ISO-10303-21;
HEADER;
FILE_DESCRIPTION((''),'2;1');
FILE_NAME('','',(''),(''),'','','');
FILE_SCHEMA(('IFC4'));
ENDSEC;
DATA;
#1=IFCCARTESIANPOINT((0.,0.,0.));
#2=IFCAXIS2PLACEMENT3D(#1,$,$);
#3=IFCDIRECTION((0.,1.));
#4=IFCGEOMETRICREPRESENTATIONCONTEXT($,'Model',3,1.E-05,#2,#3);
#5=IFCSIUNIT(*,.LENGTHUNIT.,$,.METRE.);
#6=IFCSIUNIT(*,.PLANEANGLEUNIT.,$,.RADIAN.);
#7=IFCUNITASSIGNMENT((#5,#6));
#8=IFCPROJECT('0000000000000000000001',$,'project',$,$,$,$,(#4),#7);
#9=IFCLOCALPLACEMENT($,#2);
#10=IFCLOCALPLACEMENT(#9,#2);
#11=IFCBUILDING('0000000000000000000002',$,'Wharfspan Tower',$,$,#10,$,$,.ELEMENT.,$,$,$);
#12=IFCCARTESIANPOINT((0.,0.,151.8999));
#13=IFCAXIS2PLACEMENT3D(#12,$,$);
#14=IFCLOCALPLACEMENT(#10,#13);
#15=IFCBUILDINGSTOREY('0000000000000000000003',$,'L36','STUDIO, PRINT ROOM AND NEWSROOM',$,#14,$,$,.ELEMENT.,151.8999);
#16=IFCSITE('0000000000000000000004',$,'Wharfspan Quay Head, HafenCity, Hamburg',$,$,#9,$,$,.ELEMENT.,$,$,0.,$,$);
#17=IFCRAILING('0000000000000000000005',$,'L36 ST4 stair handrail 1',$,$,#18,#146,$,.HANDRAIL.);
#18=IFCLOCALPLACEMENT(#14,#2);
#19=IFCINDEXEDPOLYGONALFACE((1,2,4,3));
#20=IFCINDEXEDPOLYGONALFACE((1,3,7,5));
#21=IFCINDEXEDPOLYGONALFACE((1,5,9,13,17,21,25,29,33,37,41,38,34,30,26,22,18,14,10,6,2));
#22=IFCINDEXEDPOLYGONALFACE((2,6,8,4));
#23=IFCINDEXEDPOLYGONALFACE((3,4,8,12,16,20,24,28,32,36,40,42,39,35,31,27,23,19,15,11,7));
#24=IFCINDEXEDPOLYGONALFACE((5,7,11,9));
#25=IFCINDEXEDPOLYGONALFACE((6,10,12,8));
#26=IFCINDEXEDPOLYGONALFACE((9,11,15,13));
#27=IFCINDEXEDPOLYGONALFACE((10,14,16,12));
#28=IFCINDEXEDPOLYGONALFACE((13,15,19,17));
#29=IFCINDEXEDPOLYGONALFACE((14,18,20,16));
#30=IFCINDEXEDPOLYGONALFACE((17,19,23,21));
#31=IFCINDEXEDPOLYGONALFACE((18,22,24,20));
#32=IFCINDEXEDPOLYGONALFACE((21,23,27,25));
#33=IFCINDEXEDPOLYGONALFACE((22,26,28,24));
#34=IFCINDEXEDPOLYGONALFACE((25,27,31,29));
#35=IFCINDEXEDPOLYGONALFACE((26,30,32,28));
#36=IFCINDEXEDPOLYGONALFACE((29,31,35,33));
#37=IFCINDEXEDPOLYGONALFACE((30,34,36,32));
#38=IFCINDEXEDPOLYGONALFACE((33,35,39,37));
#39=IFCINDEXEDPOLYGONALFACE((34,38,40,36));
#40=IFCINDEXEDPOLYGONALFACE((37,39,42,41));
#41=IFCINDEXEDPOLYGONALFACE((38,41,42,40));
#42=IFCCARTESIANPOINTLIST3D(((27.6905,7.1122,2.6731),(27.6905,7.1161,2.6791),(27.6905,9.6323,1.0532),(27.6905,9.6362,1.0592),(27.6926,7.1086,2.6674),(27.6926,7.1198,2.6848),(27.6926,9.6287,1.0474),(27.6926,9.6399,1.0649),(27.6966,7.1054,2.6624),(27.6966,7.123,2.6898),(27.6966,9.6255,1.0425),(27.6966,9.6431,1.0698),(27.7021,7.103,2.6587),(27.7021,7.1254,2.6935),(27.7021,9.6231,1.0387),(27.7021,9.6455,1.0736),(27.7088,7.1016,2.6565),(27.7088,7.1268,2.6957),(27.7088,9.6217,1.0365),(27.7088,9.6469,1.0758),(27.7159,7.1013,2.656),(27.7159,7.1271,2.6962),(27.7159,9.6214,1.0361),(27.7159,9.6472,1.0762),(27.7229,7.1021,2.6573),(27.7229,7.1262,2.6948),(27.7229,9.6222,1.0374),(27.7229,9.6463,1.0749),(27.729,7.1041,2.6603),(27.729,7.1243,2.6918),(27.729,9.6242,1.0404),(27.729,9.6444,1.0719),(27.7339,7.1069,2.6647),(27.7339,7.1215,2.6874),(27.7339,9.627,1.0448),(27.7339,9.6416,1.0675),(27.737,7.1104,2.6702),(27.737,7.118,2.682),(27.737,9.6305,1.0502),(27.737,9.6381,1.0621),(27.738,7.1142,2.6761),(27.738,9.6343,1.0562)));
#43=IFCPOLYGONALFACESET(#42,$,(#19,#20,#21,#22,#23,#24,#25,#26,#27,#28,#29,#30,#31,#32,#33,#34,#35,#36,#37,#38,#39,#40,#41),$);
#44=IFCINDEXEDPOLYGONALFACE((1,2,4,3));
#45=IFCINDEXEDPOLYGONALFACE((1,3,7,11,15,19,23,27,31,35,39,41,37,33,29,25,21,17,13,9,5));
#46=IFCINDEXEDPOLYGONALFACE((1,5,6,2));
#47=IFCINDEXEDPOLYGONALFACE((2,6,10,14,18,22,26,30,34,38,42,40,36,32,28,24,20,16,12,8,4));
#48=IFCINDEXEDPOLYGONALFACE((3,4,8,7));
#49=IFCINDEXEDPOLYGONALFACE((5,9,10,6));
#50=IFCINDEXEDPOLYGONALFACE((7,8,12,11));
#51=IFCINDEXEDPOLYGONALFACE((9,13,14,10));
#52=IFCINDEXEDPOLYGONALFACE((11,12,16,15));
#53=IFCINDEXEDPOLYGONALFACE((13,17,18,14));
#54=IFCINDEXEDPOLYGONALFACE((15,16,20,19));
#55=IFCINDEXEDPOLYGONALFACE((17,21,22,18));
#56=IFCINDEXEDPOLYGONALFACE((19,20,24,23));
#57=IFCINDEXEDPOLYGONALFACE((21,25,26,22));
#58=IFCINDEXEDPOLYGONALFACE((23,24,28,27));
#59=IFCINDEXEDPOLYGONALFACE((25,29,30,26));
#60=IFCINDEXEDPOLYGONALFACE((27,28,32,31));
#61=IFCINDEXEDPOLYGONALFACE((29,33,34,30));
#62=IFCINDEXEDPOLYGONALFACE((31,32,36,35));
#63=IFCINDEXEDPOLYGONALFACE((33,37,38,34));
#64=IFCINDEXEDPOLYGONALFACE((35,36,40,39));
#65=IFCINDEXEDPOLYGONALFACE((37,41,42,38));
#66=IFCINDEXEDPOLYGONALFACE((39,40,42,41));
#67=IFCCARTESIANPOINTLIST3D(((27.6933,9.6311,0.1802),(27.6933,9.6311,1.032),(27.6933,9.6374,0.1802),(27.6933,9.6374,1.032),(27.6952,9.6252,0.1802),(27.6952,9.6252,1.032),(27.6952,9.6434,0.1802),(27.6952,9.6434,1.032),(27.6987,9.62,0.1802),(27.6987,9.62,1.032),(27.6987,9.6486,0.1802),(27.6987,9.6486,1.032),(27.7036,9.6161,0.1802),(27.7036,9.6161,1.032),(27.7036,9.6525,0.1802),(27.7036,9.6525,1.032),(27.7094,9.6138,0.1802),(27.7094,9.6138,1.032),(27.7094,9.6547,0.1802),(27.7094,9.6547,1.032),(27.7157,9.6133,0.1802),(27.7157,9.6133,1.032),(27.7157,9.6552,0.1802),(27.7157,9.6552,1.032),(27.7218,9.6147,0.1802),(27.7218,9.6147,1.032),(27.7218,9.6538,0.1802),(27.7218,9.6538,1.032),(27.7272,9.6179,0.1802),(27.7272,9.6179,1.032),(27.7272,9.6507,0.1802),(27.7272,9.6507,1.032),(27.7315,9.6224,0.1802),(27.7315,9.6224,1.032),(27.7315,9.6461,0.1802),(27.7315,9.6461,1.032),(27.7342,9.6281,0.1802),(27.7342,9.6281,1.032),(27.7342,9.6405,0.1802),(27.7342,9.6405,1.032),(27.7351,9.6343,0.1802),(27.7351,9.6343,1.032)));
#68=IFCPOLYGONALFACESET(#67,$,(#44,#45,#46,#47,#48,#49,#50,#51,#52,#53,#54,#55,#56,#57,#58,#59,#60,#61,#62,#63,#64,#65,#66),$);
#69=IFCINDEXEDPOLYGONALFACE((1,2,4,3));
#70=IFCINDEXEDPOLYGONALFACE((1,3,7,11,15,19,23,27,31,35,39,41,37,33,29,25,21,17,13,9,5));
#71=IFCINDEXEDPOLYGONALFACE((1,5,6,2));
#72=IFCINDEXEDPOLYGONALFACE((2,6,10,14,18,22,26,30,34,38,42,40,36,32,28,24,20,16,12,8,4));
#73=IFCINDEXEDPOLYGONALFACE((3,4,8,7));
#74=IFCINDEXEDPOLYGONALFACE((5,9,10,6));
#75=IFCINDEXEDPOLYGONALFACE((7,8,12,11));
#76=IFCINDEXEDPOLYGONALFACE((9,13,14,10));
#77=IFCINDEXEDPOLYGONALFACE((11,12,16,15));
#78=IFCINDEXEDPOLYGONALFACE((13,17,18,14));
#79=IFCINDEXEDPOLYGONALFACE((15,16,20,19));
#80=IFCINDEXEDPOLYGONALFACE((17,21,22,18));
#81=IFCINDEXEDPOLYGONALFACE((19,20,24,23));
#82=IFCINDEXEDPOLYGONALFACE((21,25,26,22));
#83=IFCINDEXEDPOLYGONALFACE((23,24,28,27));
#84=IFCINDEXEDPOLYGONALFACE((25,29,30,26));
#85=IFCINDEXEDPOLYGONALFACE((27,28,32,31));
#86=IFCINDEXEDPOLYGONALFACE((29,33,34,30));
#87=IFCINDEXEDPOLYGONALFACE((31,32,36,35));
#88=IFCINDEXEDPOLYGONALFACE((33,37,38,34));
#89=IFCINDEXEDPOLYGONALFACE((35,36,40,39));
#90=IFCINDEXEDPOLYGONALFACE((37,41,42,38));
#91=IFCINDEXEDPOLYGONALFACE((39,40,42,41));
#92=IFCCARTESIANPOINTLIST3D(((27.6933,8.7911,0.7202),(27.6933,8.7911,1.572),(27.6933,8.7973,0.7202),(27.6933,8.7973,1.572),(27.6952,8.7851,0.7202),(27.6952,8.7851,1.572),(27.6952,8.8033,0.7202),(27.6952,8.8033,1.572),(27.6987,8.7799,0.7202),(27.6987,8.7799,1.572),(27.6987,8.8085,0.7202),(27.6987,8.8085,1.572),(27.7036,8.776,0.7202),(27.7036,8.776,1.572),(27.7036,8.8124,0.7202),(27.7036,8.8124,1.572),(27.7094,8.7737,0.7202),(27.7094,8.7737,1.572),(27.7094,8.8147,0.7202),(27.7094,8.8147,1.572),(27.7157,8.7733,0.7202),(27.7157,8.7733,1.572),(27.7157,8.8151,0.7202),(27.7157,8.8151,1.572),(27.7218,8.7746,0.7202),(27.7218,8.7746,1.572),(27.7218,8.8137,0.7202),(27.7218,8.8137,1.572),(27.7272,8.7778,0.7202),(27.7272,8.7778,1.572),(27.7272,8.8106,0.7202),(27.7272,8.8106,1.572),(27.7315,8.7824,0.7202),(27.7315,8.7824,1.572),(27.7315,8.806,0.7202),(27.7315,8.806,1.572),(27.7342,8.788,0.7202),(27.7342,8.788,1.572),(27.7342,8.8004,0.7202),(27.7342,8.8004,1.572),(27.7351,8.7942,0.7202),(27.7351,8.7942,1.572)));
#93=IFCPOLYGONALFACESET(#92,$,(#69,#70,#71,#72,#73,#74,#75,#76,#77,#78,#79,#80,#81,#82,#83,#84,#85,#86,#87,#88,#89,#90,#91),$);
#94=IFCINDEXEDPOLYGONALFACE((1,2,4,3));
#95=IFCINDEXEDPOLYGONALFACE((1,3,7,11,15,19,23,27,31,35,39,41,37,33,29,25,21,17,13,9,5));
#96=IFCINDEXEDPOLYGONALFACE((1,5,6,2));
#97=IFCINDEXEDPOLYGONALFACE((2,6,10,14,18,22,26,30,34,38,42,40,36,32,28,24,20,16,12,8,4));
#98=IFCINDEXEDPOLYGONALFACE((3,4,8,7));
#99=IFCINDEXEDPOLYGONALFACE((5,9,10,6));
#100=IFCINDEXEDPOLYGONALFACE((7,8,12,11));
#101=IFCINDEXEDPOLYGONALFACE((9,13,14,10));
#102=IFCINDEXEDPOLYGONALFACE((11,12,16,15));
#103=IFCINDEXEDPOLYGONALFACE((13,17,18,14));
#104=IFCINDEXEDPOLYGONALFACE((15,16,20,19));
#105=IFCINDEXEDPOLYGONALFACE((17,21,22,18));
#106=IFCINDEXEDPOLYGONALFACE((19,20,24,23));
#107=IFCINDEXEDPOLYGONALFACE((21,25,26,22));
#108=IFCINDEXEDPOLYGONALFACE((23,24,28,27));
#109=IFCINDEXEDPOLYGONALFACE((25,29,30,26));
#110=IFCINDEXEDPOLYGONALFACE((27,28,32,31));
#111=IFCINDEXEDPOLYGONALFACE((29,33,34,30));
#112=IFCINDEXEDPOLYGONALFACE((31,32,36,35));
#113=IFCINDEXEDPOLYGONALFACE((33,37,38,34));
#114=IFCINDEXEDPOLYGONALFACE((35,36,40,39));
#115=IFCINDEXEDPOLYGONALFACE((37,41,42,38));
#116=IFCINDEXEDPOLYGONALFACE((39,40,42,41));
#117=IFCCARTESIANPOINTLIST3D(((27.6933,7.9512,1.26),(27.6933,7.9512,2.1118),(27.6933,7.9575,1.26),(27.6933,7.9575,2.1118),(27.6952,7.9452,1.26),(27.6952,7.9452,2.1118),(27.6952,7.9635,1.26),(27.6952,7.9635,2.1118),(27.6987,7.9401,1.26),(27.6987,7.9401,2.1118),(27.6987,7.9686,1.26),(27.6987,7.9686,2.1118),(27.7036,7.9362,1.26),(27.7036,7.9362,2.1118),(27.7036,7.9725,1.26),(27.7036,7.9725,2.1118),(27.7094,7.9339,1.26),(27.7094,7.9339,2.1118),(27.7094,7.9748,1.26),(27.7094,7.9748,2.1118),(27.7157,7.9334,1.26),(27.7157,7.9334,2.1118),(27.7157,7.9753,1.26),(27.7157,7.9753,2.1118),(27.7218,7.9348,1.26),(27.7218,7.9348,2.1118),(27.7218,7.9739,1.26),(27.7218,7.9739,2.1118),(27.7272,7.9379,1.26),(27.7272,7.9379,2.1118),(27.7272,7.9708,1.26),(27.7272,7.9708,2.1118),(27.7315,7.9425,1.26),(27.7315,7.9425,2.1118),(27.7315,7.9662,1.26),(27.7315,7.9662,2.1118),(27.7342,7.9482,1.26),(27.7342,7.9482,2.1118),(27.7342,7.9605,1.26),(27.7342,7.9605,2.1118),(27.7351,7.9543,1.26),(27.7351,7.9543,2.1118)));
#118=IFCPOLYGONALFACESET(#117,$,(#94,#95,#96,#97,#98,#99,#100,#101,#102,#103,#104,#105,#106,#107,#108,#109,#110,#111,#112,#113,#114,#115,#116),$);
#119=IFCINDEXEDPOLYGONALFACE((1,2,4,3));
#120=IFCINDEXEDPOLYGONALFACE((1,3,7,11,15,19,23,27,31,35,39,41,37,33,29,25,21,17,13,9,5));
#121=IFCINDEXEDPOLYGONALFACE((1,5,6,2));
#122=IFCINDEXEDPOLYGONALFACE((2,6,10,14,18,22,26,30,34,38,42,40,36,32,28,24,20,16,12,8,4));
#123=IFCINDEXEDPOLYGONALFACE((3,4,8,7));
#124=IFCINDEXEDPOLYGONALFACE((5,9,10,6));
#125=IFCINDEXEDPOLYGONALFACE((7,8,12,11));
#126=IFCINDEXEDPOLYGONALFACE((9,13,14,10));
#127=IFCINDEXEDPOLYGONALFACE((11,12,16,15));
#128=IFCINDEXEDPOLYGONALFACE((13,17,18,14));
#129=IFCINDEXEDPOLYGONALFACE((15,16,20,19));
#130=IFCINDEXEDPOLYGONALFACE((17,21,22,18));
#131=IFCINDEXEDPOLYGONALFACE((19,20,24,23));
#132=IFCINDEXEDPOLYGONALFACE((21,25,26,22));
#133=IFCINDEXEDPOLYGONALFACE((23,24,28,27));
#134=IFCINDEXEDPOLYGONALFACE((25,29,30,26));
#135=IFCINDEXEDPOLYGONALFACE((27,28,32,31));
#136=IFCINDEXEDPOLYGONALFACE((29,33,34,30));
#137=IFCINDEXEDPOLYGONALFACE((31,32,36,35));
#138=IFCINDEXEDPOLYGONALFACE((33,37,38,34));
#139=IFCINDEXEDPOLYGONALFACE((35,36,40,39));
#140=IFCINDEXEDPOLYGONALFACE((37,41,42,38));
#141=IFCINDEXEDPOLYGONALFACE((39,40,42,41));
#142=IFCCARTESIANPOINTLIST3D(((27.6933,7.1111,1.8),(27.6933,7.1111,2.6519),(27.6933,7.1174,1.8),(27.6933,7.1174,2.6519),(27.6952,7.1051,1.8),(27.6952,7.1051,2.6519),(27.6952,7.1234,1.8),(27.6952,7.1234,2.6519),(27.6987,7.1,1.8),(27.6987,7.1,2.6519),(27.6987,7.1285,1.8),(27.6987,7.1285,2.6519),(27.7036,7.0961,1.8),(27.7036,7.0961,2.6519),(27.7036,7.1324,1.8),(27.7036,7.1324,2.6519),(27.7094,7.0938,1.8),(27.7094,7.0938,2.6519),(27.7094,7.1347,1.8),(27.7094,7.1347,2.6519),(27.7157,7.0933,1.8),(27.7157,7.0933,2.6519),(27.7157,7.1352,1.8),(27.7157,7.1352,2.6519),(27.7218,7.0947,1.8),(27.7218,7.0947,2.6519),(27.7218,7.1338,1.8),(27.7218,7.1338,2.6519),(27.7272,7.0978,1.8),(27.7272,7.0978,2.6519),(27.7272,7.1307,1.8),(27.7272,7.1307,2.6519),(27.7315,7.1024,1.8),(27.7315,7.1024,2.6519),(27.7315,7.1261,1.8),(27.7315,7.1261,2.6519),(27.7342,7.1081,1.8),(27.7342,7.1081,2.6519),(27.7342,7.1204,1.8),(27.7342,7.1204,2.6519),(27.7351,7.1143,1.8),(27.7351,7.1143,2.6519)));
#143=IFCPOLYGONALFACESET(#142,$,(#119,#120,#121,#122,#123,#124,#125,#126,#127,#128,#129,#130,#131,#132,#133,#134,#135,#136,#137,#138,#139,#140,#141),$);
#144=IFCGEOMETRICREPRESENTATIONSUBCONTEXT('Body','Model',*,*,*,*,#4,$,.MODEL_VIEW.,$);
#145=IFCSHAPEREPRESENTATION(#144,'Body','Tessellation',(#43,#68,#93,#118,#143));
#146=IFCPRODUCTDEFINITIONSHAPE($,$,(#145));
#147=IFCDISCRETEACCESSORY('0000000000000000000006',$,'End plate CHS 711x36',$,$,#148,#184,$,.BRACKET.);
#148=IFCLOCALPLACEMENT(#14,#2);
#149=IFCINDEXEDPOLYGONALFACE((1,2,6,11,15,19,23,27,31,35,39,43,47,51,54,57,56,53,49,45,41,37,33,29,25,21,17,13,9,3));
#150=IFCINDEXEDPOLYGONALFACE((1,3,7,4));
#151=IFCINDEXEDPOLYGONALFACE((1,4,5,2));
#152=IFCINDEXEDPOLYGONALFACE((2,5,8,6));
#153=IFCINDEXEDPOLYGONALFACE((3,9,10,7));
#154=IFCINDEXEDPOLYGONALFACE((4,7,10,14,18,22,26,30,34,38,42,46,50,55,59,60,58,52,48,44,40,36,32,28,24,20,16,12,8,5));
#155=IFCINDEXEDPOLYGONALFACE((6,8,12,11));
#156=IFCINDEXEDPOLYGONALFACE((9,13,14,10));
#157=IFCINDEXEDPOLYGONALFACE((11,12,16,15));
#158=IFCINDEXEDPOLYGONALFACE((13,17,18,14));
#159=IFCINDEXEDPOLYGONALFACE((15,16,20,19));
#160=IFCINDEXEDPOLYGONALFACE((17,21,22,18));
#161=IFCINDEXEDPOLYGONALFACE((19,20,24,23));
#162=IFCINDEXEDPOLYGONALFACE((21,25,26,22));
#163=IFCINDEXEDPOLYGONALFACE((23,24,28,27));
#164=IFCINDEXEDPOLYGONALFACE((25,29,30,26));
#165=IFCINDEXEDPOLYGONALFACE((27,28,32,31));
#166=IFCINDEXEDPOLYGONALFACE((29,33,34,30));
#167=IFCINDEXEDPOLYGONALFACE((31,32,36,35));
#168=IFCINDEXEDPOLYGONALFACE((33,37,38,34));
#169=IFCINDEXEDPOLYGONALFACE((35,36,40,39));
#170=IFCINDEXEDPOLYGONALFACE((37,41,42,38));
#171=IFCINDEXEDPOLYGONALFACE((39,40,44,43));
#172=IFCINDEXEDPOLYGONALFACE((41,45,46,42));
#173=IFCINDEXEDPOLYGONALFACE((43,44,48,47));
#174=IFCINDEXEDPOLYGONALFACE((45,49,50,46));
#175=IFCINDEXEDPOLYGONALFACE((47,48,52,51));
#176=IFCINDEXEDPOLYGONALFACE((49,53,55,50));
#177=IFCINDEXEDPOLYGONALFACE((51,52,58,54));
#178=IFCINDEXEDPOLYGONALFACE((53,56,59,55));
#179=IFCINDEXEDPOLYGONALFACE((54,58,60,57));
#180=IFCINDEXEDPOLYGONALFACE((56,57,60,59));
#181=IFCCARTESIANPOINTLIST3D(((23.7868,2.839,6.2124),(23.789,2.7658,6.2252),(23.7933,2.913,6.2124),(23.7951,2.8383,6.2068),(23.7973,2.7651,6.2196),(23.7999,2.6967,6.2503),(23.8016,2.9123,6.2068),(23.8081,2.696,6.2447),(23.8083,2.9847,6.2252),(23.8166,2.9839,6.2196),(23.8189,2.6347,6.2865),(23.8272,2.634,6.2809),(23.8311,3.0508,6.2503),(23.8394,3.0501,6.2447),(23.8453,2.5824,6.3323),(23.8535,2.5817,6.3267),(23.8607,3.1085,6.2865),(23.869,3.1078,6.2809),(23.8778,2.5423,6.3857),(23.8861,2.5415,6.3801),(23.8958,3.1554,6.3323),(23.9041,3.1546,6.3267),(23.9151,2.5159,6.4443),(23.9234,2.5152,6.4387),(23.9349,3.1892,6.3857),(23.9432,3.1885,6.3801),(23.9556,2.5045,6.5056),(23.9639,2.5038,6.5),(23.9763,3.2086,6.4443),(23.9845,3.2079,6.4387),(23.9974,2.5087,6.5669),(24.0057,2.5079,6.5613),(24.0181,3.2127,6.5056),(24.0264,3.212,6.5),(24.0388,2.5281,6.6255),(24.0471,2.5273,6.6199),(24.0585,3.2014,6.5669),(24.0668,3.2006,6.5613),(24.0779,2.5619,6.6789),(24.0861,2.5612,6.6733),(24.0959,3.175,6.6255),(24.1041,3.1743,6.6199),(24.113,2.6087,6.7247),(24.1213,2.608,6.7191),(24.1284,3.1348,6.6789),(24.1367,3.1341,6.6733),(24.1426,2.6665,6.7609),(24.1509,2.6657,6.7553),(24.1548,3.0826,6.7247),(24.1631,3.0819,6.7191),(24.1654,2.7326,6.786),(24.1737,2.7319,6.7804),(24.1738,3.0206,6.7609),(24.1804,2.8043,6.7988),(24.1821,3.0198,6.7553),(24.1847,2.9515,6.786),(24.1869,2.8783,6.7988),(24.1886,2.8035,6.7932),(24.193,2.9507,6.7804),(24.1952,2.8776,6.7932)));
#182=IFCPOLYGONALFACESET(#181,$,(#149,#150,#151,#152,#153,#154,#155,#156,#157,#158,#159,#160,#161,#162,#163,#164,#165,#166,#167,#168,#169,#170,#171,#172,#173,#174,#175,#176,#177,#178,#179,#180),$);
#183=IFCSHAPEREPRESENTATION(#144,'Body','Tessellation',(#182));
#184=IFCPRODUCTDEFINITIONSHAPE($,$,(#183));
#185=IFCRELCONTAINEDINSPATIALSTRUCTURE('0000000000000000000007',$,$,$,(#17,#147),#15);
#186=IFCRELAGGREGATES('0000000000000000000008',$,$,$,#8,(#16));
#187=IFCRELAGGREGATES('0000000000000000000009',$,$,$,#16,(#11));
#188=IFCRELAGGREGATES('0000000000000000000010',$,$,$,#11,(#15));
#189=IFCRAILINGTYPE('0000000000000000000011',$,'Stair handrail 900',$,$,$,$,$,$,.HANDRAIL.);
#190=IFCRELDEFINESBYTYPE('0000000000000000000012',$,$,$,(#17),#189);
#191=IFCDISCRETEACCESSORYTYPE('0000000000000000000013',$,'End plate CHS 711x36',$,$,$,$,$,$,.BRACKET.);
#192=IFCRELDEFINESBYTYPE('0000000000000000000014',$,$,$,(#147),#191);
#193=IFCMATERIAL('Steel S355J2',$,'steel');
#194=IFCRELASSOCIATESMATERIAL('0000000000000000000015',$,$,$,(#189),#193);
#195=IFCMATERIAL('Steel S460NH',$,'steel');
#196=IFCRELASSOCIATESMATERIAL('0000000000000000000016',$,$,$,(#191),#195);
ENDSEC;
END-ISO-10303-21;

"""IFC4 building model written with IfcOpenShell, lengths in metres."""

from ifc_helpers import new_model, si_unit, direction, frame, origin, origin_2d, place, context, subcontext, project, spatial, circle, extrude, material, material_profile, profile_set, type_object, element, save


model = new_model("IFC4")

# Units and contexts
model_context = context("Model", 3, precision=1e-05, world=origin(), true_north=direction((0.0, 1.0)))
body_context = subcontext(model_context, "Body", "Model", "MODEL_VIEW")
ifc_project = project(units=[si_unit("LENGTHUNIT", "METRE"), si_unit("PLANEANGLEUNIT", "RADIAN")], contexts=[model_context])

# Site, building, storey
site_placement = place(None, origin())
site = spatial("IfcSite", under=ifc_project, at=site_placement, Name="Wharfspan Quay Head, HafenCity, Hamburg", CompositionType="ELEMENT", RefElevation=0.0)
building_placement = place(site_placement, origin())
building = spatial("IfcBuilding", under=site, at=building_placement, Name="Wharfspan Tower", CompositionType="ELEMENT")
storey_placement = place(building_placement, frame((0.0, 0.0, 151.8999)))
storey = spatial("IfcBuildingStorey", under=building, at=storey_placement, Name="L36", Description="STUDIO, PRINT ROOM AND NEWSROOM", CompositionType="ELEMENT", Elevation=151.8999)

# Shared definitions
ifc_material_1 = material(Name="Steel S355J2", Category="steel")

# Shared definitions
ifc_material_2 = material(Name="Steel S460NH", Category="steel")

# Railing
railing_type = type_object("IfcRailingType", Name="Stair handrail 900", PredefinedType="HANDRAIL", material=ifc_material_1)
railing_placement = place(storey_placement, frame((27.7141, 9.6343, 0.1802)))
element("IfcRailing", 1, at=railing_placement, inside=storey, type_object=railing_type, Name="L36 ST4 stair handrail 1", PredefinedType="HANDRAIL", context=body_context, shape_type="SweptSolid", body=[
    extrude(circle(Radius=0.0239, at=origin_2d()), frame((0.0, 0.0, 0.876), z_axis=(0.0, -0.8412, 0.540725), x_axis=(1.0, 0.0, 0.0)), (0.0, 0.0, 1.0), 2.9958),
    extrude(circle(Radius=0.021, at=origin_2d()), origin(), (0.0, 0.0, 1.0), 0.8518),
    extrude(circle(Radius=0.021, at=origin_2d()), frame((0.0, -0.8401, 0.54)), (0.0, 0.0, 1.0), 0.8518),
    extrude(circle(Radius=0.021, at=origin_2d()), frame((0.0, -1.6799, 1.0798)), (0.0, 0.0, 1.0), 0.8518),
    extrude(circle(Radius=0.021, at=origin_2d()), frame((0.0, -2.52, 1.6199)), (0.0, 0.0, 1.0), 0.8518),
])

# Discrete accessory
ifc_material_profile_1 = material_profile(ifc_material_2, circle(Radius=0.3555, at=origin_2d()))
ifc_profile_set_1 = profile_set([ifc_material_profile_1], Name="Steel S460NH")
discrete_accessory_type = type_object("IfcDiscreteAccessoryType", Name="End plate CHS 711x36", PredefinedType="BRACKET", material=ifc_profile_set_1)
discrete_accessory_placement = place(storey_placement, frame((23.9951, 2.8579, 6.5), z_axis=(-0.82608, 0.072889, 0.558819), x_axis=(-0.087894, -0.99613, -0.000001)))
element("IfcDiscreteAccessory", 2, at=discrete_accessory_placement, inside=storey, type_object=discrete_accessory_type, Name="End plate CHS 711x36", PredefinedType="BRACKET", context=body_context, shape_type="SweptSolid", body=[
    extrude(circle(Radius=0.3555, at=origin_2d()), origin(), (0.0, 0.0, 1.0), 0.01),
])

save(model, "model.ifc")
